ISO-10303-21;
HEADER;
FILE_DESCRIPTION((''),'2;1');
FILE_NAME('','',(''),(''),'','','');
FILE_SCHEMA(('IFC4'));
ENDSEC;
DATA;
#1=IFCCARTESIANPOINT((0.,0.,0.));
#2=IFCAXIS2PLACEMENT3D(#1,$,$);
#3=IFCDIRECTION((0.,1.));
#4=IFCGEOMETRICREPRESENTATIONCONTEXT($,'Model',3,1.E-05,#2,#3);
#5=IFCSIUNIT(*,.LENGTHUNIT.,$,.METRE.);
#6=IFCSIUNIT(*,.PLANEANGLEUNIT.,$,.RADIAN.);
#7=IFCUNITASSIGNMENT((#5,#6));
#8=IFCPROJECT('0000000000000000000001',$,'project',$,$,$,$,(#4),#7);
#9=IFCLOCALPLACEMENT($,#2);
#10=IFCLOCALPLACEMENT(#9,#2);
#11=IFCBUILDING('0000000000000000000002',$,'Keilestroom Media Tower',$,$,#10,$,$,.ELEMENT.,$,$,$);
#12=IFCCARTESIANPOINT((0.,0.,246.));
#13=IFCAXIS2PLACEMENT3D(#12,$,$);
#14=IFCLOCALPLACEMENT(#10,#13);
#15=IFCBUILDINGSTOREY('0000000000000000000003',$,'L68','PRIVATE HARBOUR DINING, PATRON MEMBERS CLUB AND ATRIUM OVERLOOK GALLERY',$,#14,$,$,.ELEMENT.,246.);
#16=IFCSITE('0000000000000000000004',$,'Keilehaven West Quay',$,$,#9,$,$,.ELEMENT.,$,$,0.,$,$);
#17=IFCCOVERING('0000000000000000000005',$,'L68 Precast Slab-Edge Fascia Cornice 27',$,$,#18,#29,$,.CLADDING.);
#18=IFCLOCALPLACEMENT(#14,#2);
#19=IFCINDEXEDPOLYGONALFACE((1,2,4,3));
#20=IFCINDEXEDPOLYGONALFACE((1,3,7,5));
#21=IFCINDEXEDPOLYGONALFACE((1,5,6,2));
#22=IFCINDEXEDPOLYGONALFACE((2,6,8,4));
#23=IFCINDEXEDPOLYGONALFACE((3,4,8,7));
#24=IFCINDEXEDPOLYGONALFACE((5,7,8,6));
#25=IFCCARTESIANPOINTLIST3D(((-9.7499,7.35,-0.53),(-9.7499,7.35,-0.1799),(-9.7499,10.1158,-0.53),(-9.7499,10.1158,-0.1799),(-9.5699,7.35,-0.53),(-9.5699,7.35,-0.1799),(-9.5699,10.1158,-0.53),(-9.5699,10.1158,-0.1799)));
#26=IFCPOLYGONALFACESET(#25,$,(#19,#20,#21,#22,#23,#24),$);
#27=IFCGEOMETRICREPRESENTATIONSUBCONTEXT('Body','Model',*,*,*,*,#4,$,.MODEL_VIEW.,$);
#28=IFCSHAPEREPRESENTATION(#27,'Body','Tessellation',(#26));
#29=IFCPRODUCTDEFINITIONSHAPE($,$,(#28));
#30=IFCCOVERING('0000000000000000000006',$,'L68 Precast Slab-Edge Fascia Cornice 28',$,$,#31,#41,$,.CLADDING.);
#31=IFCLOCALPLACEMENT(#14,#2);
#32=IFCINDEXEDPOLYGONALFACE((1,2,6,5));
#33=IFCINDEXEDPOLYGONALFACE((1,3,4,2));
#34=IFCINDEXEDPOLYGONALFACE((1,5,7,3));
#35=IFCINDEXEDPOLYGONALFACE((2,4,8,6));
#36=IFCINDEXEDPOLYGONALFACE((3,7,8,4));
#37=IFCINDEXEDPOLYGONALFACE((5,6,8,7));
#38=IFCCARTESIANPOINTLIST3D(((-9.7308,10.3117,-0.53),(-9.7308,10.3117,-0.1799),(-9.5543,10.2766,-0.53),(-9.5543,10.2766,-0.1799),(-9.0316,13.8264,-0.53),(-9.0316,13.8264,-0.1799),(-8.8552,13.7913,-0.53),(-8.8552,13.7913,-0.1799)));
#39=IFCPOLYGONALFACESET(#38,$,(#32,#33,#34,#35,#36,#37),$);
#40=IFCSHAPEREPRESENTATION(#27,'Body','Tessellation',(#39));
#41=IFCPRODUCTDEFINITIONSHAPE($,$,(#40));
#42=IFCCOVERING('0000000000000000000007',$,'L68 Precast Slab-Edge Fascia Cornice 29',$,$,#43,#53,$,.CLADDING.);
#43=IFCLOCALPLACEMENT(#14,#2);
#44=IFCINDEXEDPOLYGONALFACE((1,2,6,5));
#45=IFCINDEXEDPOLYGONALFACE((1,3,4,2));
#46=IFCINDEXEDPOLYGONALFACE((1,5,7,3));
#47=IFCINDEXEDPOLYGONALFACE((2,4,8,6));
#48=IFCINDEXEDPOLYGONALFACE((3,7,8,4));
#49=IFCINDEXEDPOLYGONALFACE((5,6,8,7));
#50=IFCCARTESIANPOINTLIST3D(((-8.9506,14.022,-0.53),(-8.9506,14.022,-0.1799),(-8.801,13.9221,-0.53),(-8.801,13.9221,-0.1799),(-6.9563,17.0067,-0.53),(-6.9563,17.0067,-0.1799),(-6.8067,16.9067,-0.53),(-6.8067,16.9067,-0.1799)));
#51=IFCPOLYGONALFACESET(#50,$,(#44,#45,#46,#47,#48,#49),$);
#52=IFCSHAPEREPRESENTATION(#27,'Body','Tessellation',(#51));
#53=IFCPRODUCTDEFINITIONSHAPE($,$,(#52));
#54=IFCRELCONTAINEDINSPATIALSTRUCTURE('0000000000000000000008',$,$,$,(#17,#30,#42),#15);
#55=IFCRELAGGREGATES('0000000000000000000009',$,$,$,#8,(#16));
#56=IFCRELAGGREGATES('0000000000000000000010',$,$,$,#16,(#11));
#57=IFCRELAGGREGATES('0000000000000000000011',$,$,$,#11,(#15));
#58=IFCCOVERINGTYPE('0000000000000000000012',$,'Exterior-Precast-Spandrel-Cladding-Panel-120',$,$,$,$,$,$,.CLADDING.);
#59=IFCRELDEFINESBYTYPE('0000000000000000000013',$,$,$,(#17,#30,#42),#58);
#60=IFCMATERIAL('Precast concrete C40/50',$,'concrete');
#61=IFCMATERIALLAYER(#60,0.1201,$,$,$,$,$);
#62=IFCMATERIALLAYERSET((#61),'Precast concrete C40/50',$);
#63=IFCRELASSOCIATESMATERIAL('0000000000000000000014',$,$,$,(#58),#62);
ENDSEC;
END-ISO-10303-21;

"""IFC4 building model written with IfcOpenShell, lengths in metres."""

from ifc_helpers import new_model, si_unit, direction, frame, origin, origin_2d, place, context, subcontext, project, spatial, rectangle, extrude, source, transform, mapped, material, layer, layer_set, type_object, element, save


model = new_model("IFC4")

# Units and contexts
model_context = context("Model", 3, precision=1e-05, world=origin(), true_north=direction((0.0, 1.0)))
body_context = subcontext(model_context, "Body", "Model", "MODEL_VIEW")
ifc_project = project(units=[si_unit("LENGTHUNIT", "METRE"), si_unit("PLANEANGLEUNIT", "RADIAN")], contexts=[model_context])

# Site, building, storey
site_placement = place(None, origin())
site = spatial("IfcSite", under=ifc_project, at=site_placement, Name="Keilehaven West Quay", CompositionType="ELEMENT", RefElevation=0.0)
building_placement = place(site_placement, origin())
building = spatial("IfcBuilding", under=site, at=building_placement, Name="Keilestroom Media Tower", CompositionType="ELEMENT")
storey_placement = place(building_placement, frame((0.0, 0.0, 246.0)))
storey = spatial("IfcBuildingStorey", under=building, at=storey_placement, Name="L68", Description="PRIVATE HARBOUR DINING, PATRON MEMBERS CLUB AND ATRIUM OVERLOOK GALLERY", CompositionType="ELEMENT", Elevation=246.0)

# Shared definitions
ifc_material_1 = material(Name="Precast concrete C40/50", Category="concrete")

# Coverings
ifc_layer_1 = layer(ifc_material_1, 0.1201)
ifc_layer_set_1 = layer_set([ifc_layer_1], Name="Precast concrete C40/50")
covering_type = type_object("IfcCoveringType", Name="Exterior-Precast-Spandrel-Cladding-Panel-120", PredefinedType="CLADDING", material=ifc_layer_set_1)
shared_shape_1 = source(origin(), body_context, "Body", "SweptSolid", [
    extrude(rectangle(XDim=2.7659, YDim=0.1799, at=origin_2d()), origin(), (0.0, 0.0, 1.0), 0.3501),
])
covering_1_placement = place(storey_placement, frame((-9.6599, 8.7329, -0.53), z_axis=(0.0, 0.0, 1.0), x_axis=(0.0, 1.0, 0.0)))
element("IfcCovering", 1, at=covering_1_placement, inside=storey, type_object=covering_type, Name="L68 Precast Slab-Edge Fascia Cornice 27", PredefinedType="CLADDING", context=body_context, shape_type="MappedRepresentation", body=[
    mapped(shared_shape_1, transform((0.0, 0.0, 0.0), x_axis=(1.0, 0.0, 0.0), y_axis=(0.0, 1.0, 0.0), z_axis=(0.0, 0.0, 1.0), scale=1.0)),
])
shared_shape_2 = source(origin(), body_context, "Body", "SweptSolid", [
    extrude(rectangle(XDim=3.5835, YDim=0.1799, at=origin_2d()), origin(), (0.0, 0.0, 1.0), 0.3501),
])
covering_2_placement = place(storey_placement, frame((-9.293, 12.0515, -0.53), z_axis=(0.0, 0.0, 1.0), x_axis=(0.195099, 0.980784, 0.0)))
element("IfcCovering", 2, at=covering_2_placement, inside=storey, type_object=covering_type, Name="L68 Precast Slab-Edge Fascia Cornice 28", PredefinedType="CLADDING", context=body_context, shape_type="MappedRepresentation", body=[
    mapped(shared_shape_2, transform((0.0, 0.0, 0.0), x_axis=(1.0, 0.0, 0.0), y_axis=(0.0, 1.0, 0.0), z_axis=(0.0, 0.0, 1.0), scale=1.0)),
])
shared_shape_3 = source(origin(), body_context, "Body", "SweptSolid", [
    extrude(rectangle(XDim=3.5896, YDim=0.1799, at=origin_2d()), origin(), (0.0, 0.0, 1.0), 0.3501),
])
covering_3_placement = place(storey_placement, frame((-7.8787, 15.4644, -0.53), z_axis=(0.0, 0.0, 1.0), x_axis=(0.555575, 0.831467, 0.0)))
element("IfcCovering", 3, at=covering_3_placement, inside=storey, type_object=covering_type, Name="L68 Precast Slab-Edge Fascia Cornice 29", PredefinedType="CLADDING", context=body_context, shape_type="MappedRepresentation", body=[
    mapped(shared_shape_3, transform((0.0, 0.0, 0.0), x_axis=(1.0, 0.0, 0.0), y_axis=(0.0, 1.0, 0.0), z_axis=(0.0, 0.0, 1.0), scale=1.0)),
])

save(model, "model.ifc")
